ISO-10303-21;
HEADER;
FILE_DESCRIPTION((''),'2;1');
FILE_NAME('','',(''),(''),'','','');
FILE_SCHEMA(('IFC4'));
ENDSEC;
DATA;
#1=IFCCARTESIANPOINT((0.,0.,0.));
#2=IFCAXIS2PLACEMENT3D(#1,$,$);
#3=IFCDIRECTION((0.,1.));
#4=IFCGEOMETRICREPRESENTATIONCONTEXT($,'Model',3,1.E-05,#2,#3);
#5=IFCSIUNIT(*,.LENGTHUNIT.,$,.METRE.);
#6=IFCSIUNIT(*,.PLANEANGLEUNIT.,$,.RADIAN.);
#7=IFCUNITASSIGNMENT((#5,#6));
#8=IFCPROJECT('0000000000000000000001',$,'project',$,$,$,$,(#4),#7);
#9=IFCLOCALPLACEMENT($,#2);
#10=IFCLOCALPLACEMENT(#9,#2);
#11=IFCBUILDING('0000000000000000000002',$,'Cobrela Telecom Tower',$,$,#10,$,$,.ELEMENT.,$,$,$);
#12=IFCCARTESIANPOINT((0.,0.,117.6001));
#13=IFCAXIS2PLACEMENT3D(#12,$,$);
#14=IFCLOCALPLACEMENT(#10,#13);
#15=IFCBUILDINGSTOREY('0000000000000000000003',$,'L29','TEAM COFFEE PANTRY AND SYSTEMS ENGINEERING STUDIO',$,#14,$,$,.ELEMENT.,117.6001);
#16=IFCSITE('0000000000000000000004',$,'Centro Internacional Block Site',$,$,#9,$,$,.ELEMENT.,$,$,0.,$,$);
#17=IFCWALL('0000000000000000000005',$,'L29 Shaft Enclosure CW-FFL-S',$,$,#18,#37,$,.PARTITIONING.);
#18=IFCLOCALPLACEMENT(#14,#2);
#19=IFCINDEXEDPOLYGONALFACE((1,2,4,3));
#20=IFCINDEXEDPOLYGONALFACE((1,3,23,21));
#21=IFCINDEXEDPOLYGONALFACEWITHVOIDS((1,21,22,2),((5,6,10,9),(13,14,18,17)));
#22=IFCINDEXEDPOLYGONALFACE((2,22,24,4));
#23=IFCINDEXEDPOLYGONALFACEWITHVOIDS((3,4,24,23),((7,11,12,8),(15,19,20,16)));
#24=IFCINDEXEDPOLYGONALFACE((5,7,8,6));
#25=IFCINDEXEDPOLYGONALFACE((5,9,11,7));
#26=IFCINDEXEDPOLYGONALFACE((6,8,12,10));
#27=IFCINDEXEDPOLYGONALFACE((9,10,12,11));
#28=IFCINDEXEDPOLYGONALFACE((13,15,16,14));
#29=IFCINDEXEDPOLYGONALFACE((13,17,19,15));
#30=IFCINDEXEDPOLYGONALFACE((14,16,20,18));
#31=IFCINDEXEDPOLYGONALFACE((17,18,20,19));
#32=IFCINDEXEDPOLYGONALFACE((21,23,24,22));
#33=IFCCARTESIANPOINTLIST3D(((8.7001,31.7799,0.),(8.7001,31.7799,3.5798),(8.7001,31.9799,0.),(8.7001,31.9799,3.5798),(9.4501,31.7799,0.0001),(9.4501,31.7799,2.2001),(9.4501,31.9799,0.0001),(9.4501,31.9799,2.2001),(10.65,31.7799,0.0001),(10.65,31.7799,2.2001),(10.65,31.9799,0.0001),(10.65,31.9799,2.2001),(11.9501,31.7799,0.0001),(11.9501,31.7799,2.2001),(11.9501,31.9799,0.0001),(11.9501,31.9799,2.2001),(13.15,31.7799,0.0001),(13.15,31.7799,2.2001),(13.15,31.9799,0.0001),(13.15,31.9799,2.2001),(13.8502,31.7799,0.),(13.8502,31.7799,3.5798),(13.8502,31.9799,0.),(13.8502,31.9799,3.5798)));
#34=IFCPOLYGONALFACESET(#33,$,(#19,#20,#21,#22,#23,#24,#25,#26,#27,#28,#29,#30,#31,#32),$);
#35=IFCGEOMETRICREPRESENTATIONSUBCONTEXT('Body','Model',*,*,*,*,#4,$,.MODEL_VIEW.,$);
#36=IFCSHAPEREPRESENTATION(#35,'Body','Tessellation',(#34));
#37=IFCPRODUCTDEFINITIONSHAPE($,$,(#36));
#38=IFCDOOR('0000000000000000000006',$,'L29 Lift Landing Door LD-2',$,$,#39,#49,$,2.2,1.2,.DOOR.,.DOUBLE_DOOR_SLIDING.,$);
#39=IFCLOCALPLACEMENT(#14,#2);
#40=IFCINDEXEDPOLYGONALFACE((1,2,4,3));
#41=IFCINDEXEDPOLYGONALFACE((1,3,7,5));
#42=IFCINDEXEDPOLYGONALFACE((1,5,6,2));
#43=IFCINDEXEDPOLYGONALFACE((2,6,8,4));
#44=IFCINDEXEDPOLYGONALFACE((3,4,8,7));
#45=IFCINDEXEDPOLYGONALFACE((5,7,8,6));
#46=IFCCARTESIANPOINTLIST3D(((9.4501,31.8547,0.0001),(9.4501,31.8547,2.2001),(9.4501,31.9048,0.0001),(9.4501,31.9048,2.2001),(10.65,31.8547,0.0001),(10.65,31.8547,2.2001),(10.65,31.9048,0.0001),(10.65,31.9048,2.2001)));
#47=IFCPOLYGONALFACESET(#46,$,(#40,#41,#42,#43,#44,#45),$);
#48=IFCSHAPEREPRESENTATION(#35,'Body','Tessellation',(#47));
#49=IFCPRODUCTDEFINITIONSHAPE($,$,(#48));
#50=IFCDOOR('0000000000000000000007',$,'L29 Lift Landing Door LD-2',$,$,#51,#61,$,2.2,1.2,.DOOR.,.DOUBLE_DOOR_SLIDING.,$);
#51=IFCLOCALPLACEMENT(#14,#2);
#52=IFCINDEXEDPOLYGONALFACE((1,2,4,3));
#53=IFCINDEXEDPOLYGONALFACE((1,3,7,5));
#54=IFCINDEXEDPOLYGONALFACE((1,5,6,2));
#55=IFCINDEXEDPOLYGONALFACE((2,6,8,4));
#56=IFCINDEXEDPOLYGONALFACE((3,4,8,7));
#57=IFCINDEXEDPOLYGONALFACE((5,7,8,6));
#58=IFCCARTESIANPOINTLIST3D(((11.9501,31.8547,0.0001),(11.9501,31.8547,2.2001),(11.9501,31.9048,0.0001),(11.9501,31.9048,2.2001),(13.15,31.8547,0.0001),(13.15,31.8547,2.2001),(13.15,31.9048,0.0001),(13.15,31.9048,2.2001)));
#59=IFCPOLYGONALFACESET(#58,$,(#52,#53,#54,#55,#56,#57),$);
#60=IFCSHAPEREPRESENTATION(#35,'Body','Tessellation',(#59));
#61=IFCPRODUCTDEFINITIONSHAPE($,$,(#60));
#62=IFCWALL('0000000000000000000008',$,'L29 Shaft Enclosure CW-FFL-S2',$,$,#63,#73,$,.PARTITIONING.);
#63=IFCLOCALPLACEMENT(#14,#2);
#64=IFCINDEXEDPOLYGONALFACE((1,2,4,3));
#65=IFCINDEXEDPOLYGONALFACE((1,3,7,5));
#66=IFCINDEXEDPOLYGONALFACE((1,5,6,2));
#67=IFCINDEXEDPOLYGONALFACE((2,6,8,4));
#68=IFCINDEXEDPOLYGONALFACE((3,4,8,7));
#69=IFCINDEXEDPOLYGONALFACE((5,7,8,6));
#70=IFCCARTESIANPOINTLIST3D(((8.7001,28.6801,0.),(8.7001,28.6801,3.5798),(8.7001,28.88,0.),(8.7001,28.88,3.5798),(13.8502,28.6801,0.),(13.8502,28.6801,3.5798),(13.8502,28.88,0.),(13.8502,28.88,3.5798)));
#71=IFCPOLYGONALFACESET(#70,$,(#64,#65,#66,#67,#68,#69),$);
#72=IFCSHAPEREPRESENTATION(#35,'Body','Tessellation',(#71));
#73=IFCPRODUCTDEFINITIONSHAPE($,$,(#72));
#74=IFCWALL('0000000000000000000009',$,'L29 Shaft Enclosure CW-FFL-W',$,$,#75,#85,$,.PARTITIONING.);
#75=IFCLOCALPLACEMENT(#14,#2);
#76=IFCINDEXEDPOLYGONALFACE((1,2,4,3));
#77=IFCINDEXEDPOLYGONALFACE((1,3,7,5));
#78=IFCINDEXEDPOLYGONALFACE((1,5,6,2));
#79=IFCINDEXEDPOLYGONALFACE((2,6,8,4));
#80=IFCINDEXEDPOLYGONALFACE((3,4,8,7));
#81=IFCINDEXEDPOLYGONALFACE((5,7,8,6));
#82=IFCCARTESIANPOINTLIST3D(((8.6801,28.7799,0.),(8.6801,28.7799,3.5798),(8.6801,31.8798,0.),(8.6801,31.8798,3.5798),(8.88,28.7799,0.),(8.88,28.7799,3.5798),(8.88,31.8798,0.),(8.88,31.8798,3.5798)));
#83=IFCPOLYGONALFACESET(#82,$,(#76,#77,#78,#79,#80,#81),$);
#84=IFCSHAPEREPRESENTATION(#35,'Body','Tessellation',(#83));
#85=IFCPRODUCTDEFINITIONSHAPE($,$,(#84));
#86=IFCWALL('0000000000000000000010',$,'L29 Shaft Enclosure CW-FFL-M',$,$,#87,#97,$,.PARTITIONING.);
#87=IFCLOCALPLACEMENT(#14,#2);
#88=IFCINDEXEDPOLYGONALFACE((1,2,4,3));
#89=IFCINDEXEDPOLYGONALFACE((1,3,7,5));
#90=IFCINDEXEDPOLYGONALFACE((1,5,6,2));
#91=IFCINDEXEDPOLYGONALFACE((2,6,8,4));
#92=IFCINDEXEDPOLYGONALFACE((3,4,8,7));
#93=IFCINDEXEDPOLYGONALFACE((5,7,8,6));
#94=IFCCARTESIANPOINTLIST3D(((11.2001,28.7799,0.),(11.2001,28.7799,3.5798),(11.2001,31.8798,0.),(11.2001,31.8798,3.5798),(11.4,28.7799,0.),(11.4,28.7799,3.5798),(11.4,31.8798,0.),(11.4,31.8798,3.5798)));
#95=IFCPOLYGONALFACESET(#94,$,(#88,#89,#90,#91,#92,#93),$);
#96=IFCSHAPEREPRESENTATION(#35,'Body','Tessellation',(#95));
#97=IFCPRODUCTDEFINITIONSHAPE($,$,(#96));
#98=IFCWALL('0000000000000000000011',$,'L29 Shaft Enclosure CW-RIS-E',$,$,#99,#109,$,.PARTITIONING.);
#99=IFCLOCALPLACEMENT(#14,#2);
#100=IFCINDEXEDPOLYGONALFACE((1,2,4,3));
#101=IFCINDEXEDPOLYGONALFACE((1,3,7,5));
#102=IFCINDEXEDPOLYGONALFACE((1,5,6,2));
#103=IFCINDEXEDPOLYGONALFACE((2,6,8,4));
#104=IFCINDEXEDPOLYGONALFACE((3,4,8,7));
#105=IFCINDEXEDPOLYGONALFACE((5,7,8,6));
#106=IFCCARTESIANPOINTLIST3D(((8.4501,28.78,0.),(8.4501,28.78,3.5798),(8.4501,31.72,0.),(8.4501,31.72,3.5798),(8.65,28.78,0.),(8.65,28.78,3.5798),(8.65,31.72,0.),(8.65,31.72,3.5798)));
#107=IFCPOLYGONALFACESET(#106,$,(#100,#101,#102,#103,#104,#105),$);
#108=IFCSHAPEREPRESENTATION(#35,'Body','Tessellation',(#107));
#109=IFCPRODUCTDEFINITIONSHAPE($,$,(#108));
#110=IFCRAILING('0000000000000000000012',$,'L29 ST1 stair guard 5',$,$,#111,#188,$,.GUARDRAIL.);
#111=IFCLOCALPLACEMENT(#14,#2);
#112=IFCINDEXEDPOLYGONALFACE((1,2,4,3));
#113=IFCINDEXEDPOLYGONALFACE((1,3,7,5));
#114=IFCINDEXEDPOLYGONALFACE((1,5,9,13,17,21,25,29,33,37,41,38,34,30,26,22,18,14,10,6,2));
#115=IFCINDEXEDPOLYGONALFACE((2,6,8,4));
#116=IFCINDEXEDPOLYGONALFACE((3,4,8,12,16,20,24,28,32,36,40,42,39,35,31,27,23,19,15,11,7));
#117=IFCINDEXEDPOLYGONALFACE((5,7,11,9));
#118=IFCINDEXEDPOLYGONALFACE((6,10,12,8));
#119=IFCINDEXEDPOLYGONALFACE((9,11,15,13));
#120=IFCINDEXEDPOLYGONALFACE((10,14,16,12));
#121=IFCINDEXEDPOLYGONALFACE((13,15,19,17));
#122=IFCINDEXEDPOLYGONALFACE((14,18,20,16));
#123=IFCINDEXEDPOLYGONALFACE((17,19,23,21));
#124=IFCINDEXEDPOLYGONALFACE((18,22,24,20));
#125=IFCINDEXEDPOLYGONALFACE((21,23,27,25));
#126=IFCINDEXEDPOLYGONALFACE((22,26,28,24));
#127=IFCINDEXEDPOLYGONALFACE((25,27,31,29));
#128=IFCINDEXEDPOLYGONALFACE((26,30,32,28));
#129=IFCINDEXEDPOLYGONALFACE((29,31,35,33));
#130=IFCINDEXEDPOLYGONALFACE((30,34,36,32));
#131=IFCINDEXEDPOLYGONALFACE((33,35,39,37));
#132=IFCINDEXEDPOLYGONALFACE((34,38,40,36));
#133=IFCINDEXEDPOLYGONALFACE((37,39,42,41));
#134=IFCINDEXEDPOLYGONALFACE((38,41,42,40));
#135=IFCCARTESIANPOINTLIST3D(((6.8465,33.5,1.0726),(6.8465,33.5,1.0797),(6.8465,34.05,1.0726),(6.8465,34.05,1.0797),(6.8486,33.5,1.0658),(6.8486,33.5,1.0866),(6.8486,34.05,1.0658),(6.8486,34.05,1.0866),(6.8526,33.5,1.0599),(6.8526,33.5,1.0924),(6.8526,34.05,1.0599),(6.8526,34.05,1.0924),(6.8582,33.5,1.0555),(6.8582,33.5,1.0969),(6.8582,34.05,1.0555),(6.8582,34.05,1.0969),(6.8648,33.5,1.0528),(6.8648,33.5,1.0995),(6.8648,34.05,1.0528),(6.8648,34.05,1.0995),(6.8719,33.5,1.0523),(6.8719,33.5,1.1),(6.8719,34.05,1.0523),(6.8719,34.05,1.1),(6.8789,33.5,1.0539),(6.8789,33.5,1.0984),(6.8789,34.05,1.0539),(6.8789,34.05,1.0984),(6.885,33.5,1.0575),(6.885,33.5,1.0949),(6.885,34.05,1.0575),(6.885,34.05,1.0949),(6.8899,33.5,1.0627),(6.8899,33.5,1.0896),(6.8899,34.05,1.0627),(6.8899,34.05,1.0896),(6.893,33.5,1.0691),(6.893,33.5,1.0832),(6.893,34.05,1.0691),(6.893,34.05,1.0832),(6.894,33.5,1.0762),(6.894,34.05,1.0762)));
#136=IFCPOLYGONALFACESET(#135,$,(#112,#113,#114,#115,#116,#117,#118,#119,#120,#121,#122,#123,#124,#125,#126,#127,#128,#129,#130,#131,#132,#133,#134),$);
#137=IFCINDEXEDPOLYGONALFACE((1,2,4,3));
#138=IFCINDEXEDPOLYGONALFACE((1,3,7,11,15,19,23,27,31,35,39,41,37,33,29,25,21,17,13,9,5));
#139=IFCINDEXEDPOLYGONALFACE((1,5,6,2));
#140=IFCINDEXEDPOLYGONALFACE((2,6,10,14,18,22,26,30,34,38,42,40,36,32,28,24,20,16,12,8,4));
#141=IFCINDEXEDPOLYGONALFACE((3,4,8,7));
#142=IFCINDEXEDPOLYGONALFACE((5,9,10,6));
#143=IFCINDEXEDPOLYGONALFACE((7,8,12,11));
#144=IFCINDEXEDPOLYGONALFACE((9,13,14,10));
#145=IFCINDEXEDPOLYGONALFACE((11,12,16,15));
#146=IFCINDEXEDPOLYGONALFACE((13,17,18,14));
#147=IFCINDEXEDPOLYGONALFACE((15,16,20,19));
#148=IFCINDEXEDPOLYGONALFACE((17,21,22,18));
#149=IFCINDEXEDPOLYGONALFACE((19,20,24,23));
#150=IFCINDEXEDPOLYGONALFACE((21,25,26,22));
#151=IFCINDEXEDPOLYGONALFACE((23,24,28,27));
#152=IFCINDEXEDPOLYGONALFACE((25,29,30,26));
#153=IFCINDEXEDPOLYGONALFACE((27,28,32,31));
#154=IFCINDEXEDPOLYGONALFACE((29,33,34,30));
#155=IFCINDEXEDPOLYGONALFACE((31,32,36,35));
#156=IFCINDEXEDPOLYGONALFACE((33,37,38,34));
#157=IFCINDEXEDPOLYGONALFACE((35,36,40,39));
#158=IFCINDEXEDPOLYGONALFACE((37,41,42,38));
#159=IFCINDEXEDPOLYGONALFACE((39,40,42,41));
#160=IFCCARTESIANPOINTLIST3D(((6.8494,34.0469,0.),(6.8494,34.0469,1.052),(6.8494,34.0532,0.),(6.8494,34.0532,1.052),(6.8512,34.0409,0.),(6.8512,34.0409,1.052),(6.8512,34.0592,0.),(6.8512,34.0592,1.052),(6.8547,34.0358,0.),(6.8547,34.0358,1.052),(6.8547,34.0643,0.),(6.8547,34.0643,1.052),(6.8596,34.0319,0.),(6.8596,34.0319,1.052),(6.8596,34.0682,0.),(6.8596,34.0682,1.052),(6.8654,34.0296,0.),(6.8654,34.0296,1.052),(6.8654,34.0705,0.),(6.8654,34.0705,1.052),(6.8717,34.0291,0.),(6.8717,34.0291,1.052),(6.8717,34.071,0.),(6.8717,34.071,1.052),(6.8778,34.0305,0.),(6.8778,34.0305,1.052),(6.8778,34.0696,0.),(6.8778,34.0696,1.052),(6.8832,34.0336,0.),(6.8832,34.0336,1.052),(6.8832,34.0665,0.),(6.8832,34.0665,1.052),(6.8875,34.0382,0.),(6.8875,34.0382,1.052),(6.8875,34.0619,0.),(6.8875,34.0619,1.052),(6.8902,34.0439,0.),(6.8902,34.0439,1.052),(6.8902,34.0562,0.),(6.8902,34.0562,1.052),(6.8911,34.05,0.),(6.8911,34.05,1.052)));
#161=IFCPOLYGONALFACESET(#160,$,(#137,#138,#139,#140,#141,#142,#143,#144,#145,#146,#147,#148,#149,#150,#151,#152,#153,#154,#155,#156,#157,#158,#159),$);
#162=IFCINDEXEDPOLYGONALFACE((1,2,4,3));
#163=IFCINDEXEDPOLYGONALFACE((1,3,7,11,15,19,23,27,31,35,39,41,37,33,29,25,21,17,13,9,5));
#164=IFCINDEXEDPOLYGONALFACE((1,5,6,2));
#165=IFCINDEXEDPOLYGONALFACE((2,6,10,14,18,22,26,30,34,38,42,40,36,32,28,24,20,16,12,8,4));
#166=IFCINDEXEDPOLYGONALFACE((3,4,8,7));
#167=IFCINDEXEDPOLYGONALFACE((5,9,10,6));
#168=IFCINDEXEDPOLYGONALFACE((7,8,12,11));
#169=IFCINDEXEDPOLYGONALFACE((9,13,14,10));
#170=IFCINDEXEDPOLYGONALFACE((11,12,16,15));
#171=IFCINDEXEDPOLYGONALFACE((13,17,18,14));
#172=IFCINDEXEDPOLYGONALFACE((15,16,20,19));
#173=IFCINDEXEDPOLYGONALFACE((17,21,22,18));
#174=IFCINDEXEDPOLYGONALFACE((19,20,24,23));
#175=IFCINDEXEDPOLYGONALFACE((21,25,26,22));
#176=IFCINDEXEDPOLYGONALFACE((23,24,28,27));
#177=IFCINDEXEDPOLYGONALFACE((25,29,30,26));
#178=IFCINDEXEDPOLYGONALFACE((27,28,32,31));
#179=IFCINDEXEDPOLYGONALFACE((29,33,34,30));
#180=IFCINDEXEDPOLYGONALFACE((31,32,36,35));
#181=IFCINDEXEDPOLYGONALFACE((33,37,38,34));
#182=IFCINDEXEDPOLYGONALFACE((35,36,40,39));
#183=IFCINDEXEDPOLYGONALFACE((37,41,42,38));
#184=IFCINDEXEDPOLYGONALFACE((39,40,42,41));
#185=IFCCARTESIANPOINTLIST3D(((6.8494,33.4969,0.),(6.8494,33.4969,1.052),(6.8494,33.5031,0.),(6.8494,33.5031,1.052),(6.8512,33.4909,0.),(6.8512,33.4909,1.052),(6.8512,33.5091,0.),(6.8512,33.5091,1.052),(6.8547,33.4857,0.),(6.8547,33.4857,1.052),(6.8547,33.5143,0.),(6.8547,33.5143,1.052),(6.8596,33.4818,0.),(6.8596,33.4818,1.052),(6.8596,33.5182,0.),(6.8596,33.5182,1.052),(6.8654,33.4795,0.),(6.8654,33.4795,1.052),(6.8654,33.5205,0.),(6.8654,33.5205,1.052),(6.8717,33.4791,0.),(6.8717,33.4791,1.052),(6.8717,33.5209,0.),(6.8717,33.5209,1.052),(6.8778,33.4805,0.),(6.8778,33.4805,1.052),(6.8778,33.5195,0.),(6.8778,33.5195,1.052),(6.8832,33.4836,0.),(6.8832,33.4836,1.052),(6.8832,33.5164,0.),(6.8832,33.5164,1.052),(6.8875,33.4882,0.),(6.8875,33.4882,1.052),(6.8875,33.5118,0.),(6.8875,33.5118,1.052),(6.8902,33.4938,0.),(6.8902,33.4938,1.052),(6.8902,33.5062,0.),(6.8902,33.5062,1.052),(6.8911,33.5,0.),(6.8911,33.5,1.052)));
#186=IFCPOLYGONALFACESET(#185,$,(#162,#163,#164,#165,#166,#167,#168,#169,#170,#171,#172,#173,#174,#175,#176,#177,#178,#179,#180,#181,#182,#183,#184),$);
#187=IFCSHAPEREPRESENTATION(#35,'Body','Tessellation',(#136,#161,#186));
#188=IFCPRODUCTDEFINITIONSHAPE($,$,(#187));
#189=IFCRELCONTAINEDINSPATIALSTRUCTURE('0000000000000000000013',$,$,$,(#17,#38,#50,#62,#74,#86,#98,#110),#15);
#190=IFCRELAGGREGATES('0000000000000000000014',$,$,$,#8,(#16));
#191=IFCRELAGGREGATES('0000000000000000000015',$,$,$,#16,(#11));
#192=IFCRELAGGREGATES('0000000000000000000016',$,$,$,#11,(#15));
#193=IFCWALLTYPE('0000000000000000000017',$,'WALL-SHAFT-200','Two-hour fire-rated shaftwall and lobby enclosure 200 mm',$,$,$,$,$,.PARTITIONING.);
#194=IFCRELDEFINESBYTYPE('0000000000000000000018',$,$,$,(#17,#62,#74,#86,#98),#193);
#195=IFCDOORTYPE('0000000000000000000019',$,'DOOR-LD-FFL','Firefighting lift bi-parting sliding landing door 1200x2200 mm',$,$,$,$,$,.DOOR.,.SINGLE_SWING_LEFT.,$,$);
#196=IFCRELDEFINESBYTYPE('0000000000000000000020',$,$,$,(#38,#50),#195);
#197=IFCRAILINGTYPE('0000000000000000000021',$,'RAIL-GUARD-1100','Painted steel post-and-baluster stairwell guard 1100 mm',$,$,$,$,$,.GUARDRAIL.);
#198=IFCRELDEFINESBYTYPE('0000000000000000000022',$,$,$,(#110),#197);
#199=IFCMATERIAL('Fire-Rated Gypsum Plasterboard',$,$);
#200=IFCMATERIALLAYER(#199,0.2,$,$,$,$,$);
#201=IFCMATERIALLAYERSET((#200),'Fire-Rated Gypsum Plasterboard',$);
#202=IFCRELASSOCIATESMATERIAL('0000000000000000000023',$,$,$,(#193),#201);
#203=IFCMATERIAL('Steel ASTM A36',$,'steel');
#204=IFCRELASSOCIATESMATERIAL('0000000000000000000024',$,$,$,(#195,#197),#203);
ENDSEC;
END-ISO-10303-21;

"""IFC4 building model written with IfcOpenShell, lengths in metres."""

from ifc_helpers import new_model, si_unit, direction, frame, frame_2d, origin, origin_2d, place, context, subcontext, project, spatial, rectangle, circle, extrude, material, layer, layer_set, type_object, element, fill, save


model = new_model("IFC4")

# Units and contexts
model_context = context("Model", 3, precision=1e-05, world=origin(), true_north=direction((0.0, 1.0)))
body_context = subcontext(model_context, "Body", "Model", "MODEL_VIEW")
ifc_project = project(units=[si_unit("LENGTHUNIT", "METRE"), si_unit("PLANEANGLEUNIT", "RADIAN")], contexts=[model_context])

# Site, building, storey
site_placement = place(None, origin())
site = spatial("IfcSite", under=ifc_project, at=site_placement, Name="Centro Internacional Block Site", CompositionType="ELEMENT", RefElevation=0.0)
building_placement = place(site_placement, origin())
building = spatial("IfcBuilding", under=site, at=building_placement, Name="Cobrela Telecom Tower", CompositionType="ELEMENT")
storey_placement = place(building_placement, frame((0.0, 0.0, 117.6001)))
storey = spatial("IfcBuildingStorey", under=building, at=storey_placement, Name="L29", Description="TEAM COFFEE PANTRY AND SYSTEMS ENGINEERING STUDIO", CompositionType="ELEMENT", Elevation=117.6001)

# Shared definitions
ifc_material_1 = material(Name="Steel ASTM A36", Category="steel")

# Shared definitions
ifc_material_2 = material(Name="Fire-Rated Gypsum Plasterboard")

# Wall, openings, doors
ifc_layer_1 = layer(ifc_material_2, 0.2)
ifc_layer_set_1 = layer_set([ifc_layer_1], Name="Fire-Rated Gypsum Plasterboard")
wall_type_1 = type_object("IfcWallType", Name="WALL-SHAFT-200", Description="Two-hour fire-rated shaftwall and lobby enclosure 200 mm", PredefinedType="PARTITIONING", material=ifc_layer_set_1)
wall_1_placement = place(storey_placement, frame((8.7, 31.8799, 0.0), z_axis=(0.0, 0.0, 1.0), x_axis=(1.0, 0.0, 0.0)))
wall_1 = element("IfcWall", 1, at=wall_1_placement, inside=storey, type_object=wall_type_1, Name="L29 Shaft Enclosure CW-FFL-S", PredefinedType="PARTITIONING", context=body_context, shape_type="SweptSolid", body=[
    extrude(rectangle(XDim=5.1501, YDim=0.2, at=frame_2d((2.5752, 0.0))), origin(), (0.0, 0.0, 1.0), 3.5798),
])
opening_1_placement = place(wall_1_placement, frame((0.75, 0.0, 0.0)))
opening_1 = element("IfcOpeningElement", 2, at=opening_1_placement, cuts=wall_1, PredefinedType="OPENING", context=body_context, shape_type="SweptSolid", body=[
    extrude(rectangle(XDim=1.2, YDim=2.2, at=frame_2d((0.6001, 1.1001))), frame((0.0, 0.1118, 0.0), z_axis=(0.0, -1.0, 0.0), x_axis=(1.0, 0.0, 0.0)), (0.0, 0.0, 1.0), 0.2239),
])
opening_2_placement = place(wall_1_placement, frame((3.25, 0.0, 0.0)))
opening_2 = element("IfcOpeningElement", 3, at=opening_2_placement, cuts=wall_1, PredefinedType="OPENING", context=body_context, shape_type="SweptSolid", body=[
    extrude(rectangle(XDim=1.2, YDim=2.2, at=frame_2d((0.6001, 1.1001))), frame((0.0, 0.1118, 0.0), z_axis=(0.0, -1.0, 0.0), x_axis=(1.0, 0.0, 0.0)), (0.0, 0.0, 1.0), 0.2239),
])
door_type_1 = type_object("IfcDoorType", Name="DOOR-LD-FFL", Description="Firefighting lift bi-parting sliding landing door 1200x2200 mm", OperationType="SINGLE_SWING_LEFT", PredefinedType="DOOR", material=ifc_material_1)
door_1_placement = place(opening_1_placement, origin())
door_1 = element("IfcDoor", 4, at=door_1_placement, inside=storey, type_object=door_type_1, Name="L29 Lift Landing Door LD-2", OperationType="DOUBLE_DOOR_SLIDING", OverallHeight=2.2, OverallWidth=1.2, PredefinedType="DOOR", context=body_context, shape_type="SweptSolid", body=[
    extrude(rectangle(XDim=1.2, YDim=2.2, at=frame_2d((0.6001, 1.1001))), frame((0.0, 0.0249, 0.0), z_axis=(0.0, -1.0, 0.0), x_axis=(1.0, 0.0, 0.0)), (0.0, 0.0, 1.0), 0.05),
])
fill(opening_1, door_1)
door_2_placement = place(opening_2_placement, origin())
door_2 = element("IfcDoor", 5, at=door_2_placement, inside=storey, type_object=door_type_1, Name="L29 Lift Landing Door LD-2", OperationType="DOUBLE_DOOR_SLIDING", OverallHeight=2.2, OverallWidth=1.2, PredefinedType="DOOR", context=body_context, shape_type="SweptSolid", body=[
    extrude(rectangle(XDim=1.2, YDim=2.2, at=frame_2d((0.6001, 1.1001))), frame((0.0, 0.0249, 0.0), z_axis=(0.0, -1.0, 0.0), x_axis=(1.0, 0.0, 0.0)), (0.0, 0.0, 1.0), 0.05),
])
fill(opening_2, door_2)

# Walls
wall_2_placement = place(storey_placement, frame((8.7, 28.78, 0.0), z_axis=(0.0, 0.0, 1.0), x_axis=(1.0, 0.0, 0.0)))
element("IfcWall", 6, at=wall_2_placement, inside=storey, type_object=wall_type_1, Name="L29 Shaft Enclosure CW-FFL-S2", PredefinedType="PARTITIONING", context=body_context, shape_type="SweptSolid", body=[
    extrude(rectangle(XDim=5.1501, YDim=0.2, at=frame_2d((2.5752, 0.0))), origin(), (0.0, 0.0, 1.0), 3.5798),
])
for number, where, z_axis, x_axis, name in (
    (7, (8.78, 28.78, 0.0), (0.0, 0.0, 1.0), (0.0, 1.0, 0.0), "L29 Shaft Enclosure CW-FFL-W"),
    (8, (11.3, 28.78, 0.0), (0.0, 0.0, 1.0), (0.0, 1.0, 0.0), "L29 Shaft Enclosure CW-FFL-M"),
):
    element("IfcWall", number, at=place(storey_placement, frame(where, z_axis=z_axis, x_axis=x_axis)), inside=storey, type_object=wall_type_1, Name=name, PredefinedType="PARTITIONING", context=body_context, shape_type="SweptSolid", body=[
        extrude(rectangle(XDim=3.0999, YDim=0.2, at=frame_2d((1.5498, 0.0))), origin(), (0.0, 0.0, 1.0), 3.5798),
    ])
wall_3_placement = place(storey_placement, frame((8.55, 28.78, 0.0), z_axis=(0.0, 0.0, 1.0), x_axis=(0.0, 1.0, 0.0)))
element("IfcWall", 9, at=wall_3_placement, inside=storey, type_object=wall_type_1, Name="L29 Shaft Enclosure CW-RIS-E", PredefinedType="PARTITIONING", context=body_context, shape_type="SweptSolid", body=[
    extrude(rectangle(XDim=2.9399, YDim=0.2, at=frame_2d((1.47, 0.0))), origin(), (0.0, 0.0, 1.0), 3.5798),
])

# Railing
railing_type = type_object("IfcRailingType", Name="RAIL-GUARD-1100", Description="Painted steel post-and-baluster stairwell guard 1100 mm", PredefinedType="GUARDRAIL", material=ifc_material_1)
railing_placement = place(storey_placement, frame((6.8701, 34.05, 0.0)))
element("IfcRailing", 10, at=railing_placement, inside=storey, type_object=railing_type, Name="L29 ST1 stair guard 5", PredefinedType="GUARDRAIL", context=body_context, shape_type="SweptSolid", body=[
    extrude(circle(Radius=0.0239, at=origin_2d()), frame((0.0, 0.0, 1.0762), z_axis=(0.0, -1.0, 0.0), x_axis=(1.0, 0.0, 0.0)), (0.0, 0.0, 1.0), 0.55),
    extrude(circle(Radius=0.021, at=origin_2d()), origin(), (0.0, 0.0, 1.0), 1.052),
    extrude(circle(Radius=0.021, at=origin_2d()), frame((0.0, -0.55, 0.0)), (0.0, 0.0, 1.0), 1.052),
])

save(model, "model.ifc")
